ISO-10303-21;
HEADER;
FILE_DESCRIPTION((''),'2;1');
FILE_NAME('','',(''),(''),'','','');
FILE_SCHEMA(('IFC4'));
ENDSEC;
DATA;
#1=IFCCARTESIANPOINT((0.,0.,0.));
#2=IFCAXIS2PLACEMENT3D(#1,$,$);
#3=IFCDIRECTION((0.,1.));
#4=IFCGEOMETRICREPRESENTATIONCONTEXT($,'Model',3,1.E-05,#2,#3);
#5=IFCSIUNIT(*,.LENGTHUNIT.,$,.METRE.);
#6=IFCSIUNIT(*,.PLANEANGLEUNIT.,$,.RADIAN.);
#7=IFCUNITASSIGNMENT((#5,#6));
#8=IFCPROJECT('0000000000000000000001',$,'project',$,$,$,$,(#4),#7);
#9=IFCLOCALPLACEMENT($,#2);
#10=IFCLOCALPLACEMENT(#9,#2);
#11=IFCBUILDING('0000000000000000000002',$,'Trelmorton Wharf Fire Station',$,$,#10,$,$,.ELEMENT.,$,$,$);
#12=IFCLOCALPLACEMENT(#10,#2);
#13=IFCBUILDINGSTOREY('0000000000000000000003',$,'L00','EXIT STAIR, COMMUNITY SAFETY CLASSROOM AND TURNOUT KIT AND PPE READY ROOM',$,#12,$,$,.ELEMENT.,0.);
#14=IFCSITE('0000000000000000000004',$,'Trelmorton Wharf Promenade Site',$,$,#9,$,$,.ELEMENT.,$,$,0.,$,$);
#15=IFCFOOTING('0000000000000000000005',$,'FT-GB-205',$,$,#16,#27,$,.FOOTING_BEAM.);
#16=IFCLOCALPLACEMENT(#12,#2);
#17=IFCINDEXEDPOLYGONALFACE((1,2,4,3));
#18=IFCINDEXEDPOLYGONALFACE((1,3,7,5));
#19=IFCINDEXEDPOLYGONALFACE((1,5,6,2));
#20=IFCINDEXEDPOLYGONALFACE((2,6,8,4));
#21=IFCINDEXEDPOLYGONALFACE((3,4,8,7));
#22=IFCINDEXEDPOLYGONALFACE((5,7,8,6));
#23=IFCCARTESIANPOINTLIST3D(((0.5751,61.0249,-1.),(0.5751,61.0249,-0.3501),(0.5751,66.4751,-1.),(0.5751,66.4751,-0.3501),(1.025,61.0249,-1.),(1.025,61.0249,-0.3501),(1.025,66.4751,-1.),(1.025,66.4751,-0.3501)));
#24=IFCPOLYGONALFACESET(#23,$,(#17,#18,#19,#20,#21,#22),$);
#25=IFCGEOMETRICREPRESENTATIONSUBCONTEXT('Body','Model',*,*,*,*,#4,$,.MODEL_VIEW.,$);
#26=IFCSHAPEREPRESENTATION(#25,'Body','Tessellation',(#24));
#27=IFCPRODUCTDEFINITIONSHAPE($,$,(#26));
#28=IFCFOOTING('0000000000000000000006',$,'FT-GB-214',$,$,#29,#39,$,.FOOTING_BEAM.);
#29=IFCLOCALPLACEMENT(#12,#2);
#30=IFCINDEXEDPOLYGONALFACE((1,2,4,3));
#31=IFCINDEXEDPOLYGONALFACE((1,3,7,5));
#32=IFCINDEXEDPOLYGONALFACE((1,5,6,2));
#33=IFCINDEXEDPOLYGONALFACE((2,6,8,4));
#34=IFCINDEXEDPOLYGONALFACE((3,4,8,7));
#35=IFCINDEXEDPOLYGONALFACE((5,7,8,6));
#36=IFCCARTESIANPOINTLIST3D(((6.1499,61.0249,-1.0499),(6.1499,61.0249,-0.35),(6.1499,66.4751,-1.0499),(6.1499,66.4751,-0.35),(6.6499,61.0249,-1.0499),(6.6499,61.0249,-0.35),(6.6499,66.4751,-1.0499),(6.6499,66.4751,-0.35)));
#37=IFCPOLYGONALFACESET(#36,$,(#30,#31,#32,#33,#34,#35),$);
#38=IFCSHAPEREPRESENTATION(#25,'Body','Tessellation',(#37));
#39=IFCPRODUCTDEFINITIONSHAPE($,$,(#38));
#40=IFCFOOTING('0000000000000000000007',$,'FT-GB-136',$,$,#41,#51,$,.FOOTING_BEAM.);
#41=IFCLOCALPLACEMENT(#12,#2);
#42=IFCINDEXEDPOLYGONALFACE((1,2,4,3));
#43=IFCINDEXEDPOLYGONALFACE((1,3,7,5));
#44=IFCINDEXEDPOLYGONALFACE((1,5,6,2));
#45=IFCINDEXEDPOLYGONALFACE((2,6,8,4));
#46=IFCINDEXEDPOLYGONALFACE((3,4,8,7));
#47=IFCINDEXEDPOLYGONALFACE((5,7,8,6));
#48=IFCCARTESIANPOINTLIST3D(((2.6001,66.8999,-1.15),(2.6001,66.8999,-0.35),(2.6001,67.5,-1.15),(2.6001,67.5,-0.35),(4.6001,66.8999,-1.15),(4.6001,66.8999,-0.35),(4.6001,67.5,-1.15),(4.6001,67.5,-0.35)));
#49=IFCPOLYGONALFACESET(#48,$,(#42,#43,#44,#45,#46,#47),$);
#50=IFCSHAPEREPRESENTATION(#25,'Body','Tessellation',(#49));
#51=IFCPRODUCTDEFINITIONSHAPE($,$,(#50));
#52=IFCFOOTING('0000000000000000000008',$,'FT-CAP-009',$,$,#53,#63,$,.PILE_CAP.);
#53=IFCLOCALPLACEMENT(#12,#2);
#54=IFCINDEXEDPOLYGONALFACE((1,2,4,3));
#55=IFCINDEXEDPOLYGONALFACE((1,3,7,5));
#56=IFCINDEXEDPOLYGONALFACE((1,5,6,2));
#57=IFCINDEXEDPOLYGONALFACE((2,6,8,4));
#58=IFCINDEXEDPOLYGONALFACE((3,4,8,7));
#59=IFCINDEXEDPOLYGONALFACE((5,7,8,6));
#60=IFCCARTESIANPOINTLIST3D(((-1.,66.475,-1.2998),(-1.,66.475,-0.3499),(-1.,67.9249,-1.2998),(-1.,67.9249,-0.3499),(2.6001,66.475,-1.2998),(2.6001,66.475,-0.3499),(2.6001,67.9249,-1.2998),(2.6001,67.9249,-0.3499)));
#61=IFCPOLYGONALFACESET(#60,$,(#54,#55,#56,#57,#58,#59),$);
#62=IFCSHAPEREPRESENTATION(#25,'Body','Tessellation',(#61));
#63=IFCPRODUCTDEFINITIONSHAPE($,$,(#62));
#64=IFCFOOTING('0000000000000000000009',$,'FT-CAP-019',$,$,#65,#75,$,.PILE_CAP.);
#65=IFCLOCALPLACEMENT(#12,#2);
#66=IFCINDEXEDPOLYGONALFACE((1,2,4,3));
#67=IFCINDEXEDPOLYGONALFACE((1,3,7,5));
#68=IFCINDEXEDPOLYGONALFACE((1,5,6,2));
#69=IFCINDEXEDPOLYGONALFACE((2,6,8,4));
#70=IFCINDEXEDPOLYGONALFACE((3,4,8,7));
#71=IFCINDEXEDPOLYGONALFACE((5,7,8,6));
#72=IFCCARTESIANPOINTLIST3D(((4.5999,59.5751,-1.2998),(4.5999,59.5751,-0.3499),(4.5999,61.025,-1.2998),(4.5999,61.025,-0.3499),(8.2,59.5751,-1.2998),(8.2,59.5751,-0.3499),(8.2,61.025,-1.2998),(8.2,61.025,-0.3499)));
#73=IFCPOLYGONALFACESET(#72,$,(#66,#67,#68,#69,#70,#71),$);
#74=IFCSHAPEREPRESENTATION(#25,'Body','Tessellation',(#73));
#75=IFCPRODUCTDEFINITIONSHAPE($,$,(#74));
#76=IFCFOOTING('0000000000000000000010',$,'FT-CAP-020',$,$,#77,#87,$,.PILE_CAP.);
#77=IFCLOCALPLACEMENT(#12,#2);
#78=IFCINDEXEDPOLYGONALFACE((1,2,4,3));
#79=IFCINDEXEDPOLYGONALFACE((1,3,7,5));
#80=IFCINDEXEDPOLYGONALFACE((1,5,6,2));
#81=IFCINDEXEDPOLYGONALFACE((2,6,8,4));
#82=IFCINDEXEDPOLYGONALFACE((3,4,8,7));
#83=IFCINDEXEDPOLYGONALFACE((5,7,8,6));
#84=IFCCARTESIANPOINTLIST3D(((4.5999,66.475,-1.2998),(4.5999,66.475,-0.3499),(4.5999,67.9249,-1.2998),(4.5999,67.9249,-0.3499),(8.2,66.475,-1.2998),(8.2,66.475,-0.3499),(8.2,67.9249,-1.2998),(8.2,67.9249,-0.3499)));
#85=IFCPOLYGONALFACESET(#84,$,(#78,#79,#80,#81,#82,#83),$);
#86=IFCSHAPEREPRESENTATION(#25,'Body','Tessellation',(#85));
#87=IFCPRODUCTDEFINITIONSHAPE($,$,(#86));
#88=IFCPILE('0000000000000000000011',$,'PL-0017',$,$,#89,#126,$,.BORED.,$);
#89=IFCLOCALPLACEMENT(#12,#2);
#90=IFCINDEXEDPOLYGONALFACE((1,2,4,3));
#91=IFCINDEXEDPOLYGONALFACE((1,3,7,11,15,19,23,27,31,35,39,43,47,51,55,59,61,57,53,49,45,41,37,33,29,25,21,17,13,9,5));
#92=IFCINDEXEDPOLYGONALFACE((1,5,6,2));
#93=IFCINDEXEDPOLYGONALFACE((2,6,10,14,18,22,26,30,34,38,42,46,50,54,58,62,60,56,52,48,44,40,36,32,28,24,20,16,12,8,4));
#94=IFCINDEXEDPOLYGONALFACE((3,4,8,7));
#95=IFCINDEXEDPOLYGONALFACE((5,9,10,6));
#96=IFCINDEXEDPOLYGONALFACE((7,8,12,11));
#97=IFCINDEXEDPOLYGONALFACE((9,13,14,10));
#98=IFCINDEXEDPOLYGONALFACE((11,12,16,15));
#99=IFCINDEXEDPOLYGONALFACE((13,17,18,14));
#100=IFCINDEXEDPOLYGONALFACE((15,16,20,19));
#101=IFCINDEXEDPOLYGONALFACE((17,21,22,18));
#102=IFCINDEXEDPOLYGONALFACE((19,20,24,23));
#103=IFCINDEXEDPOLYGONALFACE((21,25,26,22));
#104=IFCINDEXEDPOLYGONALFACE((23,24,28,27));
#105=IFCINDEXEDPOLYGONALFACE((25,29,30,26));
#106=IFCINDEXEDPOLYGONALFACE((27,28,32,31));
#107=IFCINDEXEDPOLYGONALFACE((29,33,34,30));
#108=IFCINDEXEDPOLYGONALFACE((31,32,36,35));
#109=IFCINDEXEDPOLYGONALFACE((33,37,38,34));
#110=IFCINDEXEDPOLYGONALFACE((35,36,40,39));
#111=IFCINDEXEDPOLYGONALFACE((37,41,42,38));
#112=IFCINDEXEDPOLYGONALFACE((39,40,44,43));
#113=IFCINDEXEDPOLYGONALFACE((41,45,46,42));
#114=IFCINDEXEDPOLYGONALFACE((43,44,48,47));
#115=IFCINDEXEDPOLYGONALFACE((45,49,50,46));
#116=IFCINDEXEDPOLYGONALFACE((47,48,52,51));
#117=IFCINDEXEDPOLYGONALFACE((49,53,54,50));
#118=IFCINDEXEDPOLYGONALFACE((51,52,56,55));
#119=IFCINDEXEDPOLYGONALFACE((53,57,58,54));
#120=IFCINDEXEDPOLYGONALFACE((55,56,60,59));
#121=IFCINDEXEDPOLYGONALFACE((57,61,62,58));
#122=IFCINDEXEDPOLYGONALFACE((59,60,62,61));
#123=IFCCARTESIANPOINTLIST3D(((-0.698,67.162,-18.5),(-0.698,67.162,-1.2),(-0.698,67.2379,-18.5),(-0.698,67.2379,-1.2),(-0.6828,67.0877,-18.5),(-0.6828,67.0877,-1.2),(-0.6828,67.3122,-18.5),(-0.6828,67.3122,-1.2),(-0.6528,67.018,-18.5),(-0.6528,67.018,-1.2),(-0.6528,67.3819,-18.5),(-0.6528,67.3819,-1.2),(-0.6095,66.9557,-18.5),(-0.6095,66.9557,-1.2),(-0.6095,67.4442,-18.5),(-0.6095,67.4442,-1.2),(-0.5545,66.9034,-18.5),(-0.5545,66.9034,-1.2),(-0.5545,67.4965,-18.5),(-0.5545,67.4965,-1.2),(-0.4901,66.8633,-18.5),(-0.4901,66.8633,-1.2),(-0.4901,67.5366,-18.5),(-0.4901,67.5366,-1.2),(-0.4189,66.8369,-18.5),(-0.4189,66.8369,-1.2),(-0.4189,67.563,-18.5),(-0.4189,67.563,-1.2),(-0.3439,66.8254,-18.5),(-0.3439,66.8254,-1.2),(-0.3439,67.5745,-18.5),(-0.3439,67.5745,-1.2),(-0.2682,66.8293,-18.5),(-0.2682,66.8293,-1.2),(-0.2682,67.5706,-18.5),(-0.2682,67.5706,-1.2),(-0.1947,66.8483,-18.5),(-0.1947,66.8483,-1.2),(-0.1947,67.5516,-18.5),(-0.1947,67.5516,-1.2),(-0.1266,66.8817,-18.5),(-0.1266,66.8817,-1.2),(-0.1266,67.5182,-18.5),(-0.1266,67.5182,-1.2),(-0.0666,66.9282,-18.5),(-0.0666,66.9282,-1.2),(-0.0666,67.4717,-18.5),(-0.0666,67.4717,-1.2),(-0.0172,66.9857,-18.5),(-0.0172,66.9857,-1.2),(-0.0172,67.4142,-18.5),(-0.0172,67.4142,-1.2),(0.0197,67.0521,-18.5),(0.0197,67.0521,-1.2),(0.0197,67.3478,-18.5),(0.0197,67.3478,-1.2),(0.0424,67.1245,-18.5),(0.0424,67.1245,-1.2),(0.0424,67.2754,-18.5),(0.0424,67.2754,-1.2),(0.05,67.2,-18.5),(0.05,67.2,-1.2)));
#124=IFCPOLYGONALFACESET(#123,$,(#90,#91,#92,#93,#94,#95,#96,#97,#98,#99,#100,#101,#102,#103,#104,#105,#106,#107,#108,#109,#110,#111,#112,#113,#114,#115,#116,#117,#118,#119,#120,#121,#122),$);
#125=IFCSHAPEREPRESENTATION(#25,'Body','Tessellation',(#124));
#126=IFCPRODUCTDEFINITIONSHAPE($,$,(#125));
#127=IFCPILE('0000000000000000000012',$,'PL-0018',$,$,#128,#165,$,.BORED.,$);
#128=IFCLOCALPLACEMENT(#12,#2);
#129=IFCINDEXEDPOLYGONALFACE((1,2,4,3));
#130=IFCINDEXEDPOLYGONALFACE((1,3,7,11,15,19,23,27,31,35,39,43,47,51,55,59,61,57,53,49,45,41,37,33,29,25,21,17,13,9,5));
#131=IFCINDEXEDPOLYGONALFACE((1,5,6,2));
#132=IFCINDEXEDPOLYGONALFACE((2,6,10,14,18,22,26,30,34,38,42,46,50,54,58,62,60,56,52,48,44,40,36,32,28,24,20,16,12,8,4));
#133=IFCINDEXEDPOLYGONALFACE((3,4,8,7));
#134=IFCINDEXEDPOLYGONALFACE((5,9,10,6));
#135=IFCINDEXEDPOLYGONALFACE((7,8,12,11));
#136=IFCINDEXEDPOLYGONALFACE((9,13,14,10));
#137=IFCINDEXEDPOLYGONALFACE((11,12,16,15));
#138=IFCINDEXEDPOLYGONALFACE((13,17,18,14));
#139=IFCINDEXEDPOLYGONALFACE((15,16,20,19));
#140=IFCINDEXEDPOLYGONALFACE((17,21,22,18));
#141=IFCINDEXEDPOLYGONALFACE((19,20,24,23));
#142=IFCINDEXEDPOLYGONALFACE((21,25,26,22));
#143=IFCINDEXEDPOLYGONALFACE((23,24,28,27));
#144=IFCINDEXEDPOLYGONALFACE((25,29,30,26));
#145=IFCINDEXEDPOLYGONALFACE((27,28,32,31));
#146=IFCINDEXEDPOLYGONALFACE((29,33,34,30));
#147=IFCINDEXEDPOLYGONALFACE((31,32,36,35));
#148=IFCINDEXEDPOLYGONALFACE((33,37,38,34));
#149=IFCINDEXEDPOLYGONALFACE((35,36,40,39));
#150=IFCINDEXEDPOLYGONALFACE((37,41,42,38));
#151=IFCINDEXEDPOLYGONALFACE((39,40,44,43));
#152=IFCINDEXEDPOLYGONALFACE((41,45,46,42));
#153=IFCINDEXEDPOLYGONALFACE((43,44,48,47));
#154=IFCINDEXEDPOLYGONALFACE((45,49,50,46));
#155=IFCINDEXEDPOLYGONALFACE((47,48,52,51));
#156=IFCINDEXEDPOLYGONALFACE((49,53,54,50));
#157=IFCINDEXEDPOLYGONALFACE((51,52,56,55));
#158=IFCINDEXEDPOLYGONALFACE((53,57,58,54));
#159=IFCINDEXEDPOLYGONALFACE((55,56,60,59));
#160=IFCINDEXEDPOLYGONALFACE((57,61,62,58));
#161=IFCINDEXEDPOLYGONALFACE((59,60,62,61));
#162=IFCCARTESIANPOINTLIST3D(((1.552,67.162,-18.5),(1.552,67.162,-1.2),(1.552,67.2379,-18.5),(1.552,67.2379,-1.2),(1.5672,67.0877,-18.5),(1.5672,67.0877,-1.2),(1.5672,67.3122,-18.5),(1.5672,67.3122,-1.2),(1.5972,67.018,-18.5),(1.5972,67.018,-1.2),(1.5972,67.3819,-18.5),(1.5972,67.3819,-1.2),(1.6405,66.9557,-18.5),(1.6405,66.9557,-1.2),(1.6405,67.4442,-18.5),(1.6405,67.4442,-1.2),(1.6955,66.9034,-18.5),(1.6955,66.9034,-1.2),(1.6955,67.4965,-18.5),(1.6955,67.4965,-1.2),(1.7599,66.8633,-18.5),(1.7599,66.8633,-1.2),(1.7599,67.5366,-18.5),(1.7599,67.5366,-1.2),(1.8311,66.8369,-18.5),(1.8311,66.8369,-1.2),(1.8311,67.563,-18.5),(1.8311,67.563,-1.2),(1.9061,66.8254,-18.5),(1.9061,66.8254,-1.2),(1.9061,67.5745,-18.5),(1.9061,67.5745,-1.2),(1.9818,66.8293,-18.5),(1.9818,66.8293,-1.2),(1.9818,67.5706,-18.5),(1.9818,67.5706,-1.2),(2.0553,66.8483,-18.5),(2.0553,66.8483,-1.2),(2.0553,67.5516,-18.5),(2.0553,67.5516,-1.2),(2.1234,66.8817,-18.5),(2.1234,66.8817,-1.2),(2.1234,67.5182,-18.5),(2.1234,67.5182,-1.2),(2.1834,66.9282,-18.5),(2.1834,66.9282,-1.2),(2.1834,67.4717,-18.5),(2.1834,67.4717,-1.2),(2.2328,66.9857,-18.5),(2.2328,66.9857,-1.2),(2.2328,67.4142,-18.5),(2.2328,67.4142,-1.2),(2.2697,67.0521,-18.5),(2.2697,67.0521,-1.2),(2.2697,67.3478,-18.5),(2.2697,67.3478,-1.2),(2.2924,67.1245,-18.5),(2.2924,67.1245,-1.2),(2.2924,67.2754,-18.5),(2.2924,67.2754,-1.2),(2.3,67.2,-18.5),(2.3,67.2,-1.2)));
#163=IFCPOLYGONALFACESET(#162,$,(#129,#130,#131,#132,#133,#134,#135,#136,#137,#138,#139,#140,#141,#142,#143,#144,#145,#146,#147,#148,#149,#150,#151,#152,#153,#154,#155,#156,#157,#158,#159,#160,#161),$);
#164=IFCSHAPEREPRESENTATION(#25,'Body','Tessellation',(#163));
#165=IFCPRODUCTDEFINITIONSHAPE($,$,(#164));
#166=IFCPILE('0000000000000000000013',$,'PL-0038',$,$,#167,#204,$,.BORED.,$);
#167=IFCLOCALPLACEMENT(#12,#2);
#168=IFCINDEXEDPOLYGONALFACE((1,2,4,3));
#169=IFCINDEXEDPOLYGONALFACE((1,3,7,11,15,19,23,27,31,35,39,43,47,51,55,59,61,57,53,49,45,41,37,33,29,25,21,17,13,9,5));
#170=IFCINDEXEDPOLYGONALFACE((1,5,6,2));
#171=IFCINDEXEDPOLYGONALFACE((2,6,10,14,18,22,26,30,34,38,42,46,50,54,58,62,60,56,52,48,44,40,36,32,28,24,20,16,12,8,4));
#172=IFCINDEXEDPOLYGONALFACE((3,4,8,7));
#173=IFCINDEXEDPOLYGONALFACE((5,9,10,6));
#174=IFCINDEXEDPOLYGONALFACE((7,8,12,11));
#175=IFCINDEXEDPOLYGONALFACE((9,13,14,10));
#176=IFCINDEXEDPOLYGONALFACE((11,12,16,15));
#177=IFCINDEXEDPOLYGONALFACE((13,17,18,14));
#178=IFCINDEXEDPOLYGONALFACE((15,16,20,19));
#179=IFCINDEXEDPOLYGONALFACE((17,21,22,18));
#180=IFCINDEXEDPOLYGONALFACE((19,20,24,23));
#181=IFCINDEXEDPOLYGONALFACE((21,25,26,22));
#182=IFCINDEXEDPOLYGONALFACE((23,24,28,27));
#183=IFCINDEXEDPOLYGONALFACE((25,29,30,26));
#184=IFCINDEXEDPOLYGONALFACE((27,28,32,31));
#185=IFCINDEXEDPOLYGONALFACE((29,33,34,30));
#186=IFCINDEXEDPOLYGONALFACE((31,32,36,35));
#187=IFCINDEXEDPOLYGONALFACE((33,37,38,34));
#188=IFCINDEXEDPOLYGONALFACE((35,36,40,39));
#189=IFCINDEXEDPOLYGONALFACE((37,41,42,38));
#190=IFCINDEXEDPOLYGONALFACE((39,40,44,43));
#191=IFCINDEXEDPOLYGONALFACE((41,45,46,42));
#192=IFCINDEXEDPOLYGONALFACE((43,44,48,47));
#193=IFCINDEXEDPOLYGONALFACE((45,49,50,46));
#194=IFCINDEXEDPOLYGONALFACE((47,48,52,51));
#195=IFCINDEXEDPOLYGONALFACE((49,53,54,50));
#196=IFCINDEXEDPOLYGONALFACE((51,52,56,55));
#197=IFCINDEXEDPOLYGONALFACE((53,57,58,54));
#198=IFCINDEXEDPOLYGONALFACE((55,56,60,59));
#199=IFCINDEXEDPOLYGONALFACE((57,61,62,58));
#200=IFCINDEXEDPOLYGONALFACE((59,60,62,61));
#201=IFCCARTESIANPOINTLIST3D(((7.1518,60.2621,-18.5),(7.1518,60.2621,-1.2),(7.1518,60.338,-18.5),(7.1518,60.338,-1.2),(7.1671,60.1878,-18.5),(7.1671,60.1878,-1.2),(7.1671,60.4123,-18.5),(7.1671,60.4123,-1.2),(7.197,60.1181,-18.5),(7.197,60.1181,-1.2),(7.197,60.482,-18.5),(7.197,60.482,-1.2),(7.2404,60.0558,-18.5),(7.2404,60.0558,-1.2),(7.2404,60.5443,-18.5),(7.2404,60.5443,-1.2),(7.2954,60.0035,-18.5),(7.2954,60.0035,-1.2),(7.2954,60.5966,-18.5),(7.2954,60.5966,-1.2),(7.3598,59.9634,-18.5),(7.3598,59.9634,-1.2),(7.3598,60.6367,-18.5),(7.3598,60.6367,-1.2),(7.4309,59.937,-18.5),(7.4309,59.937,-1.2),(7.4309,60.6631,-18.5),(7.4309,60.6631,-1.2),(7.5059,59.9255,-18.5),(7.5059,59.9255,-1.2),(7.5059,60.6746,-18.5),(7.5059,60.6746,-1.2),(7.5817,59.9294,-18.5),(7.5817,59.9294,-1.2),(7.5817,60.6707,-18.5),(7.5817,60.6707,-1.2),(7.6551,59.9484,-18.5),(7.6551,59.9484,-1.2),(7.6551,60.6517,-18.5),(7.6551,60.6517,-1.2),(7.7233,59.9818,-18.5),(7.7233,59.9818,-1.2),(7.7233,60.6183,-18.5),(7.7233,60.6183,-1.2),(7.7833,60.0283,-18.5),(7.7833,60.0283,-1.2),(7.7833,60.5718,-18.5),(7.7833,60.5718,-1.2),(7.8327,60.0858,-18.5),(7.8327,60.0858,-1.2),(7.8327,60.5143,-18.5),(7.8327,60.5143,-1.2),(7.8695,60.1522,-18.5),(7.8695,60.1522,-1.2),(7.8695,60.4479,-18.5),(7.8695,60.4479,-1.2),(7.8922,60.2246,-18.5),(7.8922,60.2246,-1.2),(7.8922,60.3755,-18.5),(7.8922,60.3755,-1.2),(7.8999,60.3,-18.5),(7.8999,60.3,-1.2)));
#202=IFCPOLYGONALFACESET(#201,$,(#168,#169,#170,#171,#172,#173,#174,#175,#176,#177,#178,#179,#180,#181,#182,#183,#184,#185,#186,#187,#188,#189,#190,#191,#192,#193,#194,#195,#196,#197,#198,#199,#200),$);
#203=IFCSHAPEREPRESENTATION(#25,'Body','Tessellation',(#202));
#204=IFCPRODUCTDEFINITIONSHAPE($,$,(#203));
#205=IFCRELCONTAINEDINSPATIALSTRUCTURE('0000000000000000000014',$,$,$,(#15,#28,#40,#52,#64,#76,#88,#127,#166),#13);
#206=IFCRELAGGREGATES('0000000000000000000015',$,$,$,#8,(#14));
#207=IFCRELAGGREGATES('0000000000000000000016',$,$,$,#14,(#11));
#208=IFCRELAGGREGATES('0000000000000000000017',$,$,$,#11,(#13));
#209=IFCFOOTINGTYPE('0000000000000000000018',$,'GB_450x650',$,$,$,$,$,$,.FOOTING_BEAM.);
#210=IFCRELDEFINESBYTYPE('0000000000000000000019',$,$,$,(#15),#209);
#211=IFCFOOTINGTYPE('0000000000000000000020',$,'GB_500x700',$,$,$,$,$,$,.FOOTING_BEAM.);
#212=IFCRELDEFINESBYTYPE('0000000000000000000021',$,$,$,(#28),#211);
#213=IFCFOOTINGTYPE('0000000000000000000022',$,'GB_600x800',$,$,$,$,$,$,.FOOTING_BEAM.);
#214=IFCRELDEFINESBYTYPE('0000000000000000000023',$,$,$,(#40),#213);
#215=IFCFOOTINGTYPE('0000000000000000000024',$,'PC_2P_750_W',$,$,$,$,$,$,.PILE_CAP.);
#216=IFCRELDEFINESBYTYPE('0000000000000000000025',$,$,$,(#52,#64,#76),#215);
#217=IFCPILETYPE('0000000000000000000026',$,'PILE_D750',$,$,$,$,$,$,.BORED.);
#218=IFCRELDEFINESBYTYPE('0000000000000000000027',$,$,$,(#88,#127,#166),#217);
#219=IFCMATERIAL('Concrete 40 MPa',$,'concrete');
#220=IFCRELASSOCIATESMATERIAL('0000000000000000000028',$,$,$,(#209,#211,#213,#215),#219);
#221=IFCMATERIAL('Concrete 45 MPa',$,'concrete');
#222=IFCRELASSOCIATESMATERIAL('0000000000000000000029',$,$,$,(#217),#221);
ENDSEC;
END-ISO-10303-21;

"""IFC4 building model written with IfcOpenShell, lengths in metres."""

from ifc_helpers import new_model, si_unit, direction, frame, origin, origin_2d, place, context, subcontext, project, spatial, rectangle, circle, extrude, material, material_profile, profile_set, type_object, element, save


model = new_model("IFC4")

# Units and contexts
model_context = context("Model", 3, precision=1e-05, world=origin(), true_north=direction((0.0, 1.0)))
body_context = subcontext(model_context, "Body", "Model", "MODEL_VIEW")
ifc_project = project(units=[si_unit("LENGTHUNIT", "METRE"), si_unit("PLANEANGLEUNIT", "RADIAN")], contexts=[model_context])

# Site, building, storey
site_placement = place(None, origin())
site = spatial("IfcSite", under=ifc_project, at=site_placement, Name="Trelmorton Wharf Promenade Site", CompositionType="ELEMENT", RefElevation=0.0)
building_placement = place(site_placement, origin())
building = spatial("IfcBuilding", under=site, at=building_placement, Name="Trelmorton Wharf Fire Station", CompositionType="ELEMENT")
storey_placement = place(building_placement, origin())
storey = spatial("IfcBuildingStorey", under=building, at=storey_placement, Name="L00", Description="EXIT STAIR, COMMUNITY SAFETY CLASSROOM AND TURNOUT KIT AND PPE READY ROOM", CompositionType="ELEMENT", Elevation=0.0)

# Footings
ifc_material_1 = material(Name="Concrete 40 MPa", Category="concrete")
ifc_material_profile_1 = material_profile(ifc_material_1, rectangle(XDim=0.45, YDim=0.6499, at=origin_2d()), Name="RC450x650")
ifc_profile_set_1 = profile_set([ifc_material_profile_1], Name="Concrete 40 MPa")
footing_type_1 = type_object("IfcFootingType", Name="GB_450x650", PredefinedType="FOOTING_BEAM", material=ifc_profile_set_1)
footing_1_placement = place(storey_placement, frame((0.8, 61.0249, -0.675), z_axis=(0.0, 1.0, 0.0), x_axis=(-1.0, 0.0, 0.0)))
element("IfcFooting", 1, at=footing_1_placement, inside=storey, type_object=footing_type_1, Name="FT-GB-205", PredefinedType="FOOTING_BEAM", context=body_context, shape_type="SweptSolid", body=[
    extrude(rectangle(XDim=0.45, YDim=0.6499, at=origin_2d()), origin(), (0.0, 0.0, 1.0), 5.4502),
])
ifc_material_profile_2 = material_profile(ifc_material_1, rectangle(XDim=0.5, YDim=0.7, at=origin_2d()), Name="RC500x700")
ifc_profile_set_2 = profile_set([ifc_material_profile_2], Name="Concrete 40 MPa")
footing_type_2 = type_object("IfcFootingType", Name="GB_500x700", PredefinedType="FOOTING_BEAM", material=ifc_profile_set_2)
footing_2_placement = place(storey_placement, frame((6.3999, 61.0249, -0.7), z_axis=(0.0, 1.0, 0.0), x_axis=(-1.0, 0.0, 0.0)))
element("IfcFooting", 2, at=footing_2_placement, inside=storey, type_object=footing_type_2, Name="FT-GB-214", PredefinedType="FOOTING_BEAM", context=body_context, shape_type="SweptSolid", body=[
    extrude(rectangle(XDim=0.5, YDim=0.7, at=origin_2d()), origin(), (0.0, 0.0, 1.0), 5.4502),
])
ifc_material_profile_3 = material_profile(ifc_material_1, rectangle(XDim=0.6001, YDim=0.8, at=origin_2d()), Name="RC600x800")
ifc_profile_set_3 = profile_set([ifc_material_profile_3], Name="Concrete 40 MPa")
footing_type_3 = type_object("IfcFootingType", Name="GB_600x800", PredefinedType="FOOTING_BEAM", material=ifc_profile_set_3)
footing_3_placement = place(storey_placement, frame((2.6001, 67.2, -0.75), z_axis=(1.0, 0.0, 0.0), x_axis=(0.0, 1.0, 0.0)))
element("IfcFooting", 3, at=footing_3_placement, inside=storey, type_object=footing_type_3, Name="FT-GB-136", PredefinedType="FOOTING_BEAM", context=body_context, shape_type="SweptSolid", body=[
    extrude(rectangle(XDim=0.6001, YDim=0.8, at=origin_2d()), origin(), (0.0, 0.0, 1.0), 2.0),
])
footing_type_4 = type_object("IfcFootingType", Name="PC_2P_750_W", PredefinedType="PILE_CAP", material=ifc_material_1)
for number, where, z_axis, x_axis, name in (
    (4, (0.8, 67.2, -1.2998), (0.0, 0.0, 1.0), (1.0, 0.0, 0.0), "FT-CAP-009"),
    (5, (6.3999, 60.3, -1.2998), (0.0, 0.0, 1.0), (1.0, 0.0, 0.0), "FT-CAP-019"),
    (6, (6.3999, 67.2, -1.2998), (0.0, 0.0, 1.0), (1.0, 0.0, 0.0), "FT-CAP-020"),
):
    element("IfcFooting", number, at=place(storey_placement, frame(where, z_axis=z_axis, x_axis=x_axis)), inside=storey, type_object=footing_type_4, Name=name, PredefinedType="PILE_CAP", context=body_context, shape_type="SweptSolid", body=[
        extrude(rectangle(XDim=3.6001, YDim=1.45, at=origin_2d()), origin(), (0.0, 0.0, 1.0), 0.95),
    ])

# Piles
ifc_material_2 = material(Name="Concrete 45 MPa", Category="concrete")
ifc_material_profile_4 = material_profile(ifc_material_2, circle(Radius=0.375, at=origin_2d()), Name="PILE-D750")
ifc_profile_set_4 = profile_set([ifc_material_profile_4], Name="Concrete 45 MPa")
pile_type = type_object("IfcPileType", Name="PILE_D750", PredefinedType="BORED", material=ifc_profile_set_4)
for number, where, z_axis, x_axis, name in (
    (7, (-0.325, 67.2, -1.2), (0.0, 0.0, -1.0), (1.0, 0.0, 0.0), "PL-0017"),
    (8, (1.925, 67.2, -1.2), (0.0, 0.0, -1.0), (1.0, 0.0, 0.0), "PL-0018"),
    (9, (7.5249, 60.3, -1.2), (0.0, 0.0, -1.0), (1.0, 0.0, 0.0), "PL-0038"),
):
    element("IfcPile", number, at=place(storey_placement, frame(where, z_axis=z_axis, x_axis=x_axis)), inside=storey, type_object=pile_type, Name=name, PredefinedType="BORED", context=body_context, shape_type="SweptSolid", body=[
        extrude(circle(Radius=0.375, at=origin_2d()), origin(), (0.0, 0.0, 1.0), 17.3),
    ])

save(model, "model.ifc")
